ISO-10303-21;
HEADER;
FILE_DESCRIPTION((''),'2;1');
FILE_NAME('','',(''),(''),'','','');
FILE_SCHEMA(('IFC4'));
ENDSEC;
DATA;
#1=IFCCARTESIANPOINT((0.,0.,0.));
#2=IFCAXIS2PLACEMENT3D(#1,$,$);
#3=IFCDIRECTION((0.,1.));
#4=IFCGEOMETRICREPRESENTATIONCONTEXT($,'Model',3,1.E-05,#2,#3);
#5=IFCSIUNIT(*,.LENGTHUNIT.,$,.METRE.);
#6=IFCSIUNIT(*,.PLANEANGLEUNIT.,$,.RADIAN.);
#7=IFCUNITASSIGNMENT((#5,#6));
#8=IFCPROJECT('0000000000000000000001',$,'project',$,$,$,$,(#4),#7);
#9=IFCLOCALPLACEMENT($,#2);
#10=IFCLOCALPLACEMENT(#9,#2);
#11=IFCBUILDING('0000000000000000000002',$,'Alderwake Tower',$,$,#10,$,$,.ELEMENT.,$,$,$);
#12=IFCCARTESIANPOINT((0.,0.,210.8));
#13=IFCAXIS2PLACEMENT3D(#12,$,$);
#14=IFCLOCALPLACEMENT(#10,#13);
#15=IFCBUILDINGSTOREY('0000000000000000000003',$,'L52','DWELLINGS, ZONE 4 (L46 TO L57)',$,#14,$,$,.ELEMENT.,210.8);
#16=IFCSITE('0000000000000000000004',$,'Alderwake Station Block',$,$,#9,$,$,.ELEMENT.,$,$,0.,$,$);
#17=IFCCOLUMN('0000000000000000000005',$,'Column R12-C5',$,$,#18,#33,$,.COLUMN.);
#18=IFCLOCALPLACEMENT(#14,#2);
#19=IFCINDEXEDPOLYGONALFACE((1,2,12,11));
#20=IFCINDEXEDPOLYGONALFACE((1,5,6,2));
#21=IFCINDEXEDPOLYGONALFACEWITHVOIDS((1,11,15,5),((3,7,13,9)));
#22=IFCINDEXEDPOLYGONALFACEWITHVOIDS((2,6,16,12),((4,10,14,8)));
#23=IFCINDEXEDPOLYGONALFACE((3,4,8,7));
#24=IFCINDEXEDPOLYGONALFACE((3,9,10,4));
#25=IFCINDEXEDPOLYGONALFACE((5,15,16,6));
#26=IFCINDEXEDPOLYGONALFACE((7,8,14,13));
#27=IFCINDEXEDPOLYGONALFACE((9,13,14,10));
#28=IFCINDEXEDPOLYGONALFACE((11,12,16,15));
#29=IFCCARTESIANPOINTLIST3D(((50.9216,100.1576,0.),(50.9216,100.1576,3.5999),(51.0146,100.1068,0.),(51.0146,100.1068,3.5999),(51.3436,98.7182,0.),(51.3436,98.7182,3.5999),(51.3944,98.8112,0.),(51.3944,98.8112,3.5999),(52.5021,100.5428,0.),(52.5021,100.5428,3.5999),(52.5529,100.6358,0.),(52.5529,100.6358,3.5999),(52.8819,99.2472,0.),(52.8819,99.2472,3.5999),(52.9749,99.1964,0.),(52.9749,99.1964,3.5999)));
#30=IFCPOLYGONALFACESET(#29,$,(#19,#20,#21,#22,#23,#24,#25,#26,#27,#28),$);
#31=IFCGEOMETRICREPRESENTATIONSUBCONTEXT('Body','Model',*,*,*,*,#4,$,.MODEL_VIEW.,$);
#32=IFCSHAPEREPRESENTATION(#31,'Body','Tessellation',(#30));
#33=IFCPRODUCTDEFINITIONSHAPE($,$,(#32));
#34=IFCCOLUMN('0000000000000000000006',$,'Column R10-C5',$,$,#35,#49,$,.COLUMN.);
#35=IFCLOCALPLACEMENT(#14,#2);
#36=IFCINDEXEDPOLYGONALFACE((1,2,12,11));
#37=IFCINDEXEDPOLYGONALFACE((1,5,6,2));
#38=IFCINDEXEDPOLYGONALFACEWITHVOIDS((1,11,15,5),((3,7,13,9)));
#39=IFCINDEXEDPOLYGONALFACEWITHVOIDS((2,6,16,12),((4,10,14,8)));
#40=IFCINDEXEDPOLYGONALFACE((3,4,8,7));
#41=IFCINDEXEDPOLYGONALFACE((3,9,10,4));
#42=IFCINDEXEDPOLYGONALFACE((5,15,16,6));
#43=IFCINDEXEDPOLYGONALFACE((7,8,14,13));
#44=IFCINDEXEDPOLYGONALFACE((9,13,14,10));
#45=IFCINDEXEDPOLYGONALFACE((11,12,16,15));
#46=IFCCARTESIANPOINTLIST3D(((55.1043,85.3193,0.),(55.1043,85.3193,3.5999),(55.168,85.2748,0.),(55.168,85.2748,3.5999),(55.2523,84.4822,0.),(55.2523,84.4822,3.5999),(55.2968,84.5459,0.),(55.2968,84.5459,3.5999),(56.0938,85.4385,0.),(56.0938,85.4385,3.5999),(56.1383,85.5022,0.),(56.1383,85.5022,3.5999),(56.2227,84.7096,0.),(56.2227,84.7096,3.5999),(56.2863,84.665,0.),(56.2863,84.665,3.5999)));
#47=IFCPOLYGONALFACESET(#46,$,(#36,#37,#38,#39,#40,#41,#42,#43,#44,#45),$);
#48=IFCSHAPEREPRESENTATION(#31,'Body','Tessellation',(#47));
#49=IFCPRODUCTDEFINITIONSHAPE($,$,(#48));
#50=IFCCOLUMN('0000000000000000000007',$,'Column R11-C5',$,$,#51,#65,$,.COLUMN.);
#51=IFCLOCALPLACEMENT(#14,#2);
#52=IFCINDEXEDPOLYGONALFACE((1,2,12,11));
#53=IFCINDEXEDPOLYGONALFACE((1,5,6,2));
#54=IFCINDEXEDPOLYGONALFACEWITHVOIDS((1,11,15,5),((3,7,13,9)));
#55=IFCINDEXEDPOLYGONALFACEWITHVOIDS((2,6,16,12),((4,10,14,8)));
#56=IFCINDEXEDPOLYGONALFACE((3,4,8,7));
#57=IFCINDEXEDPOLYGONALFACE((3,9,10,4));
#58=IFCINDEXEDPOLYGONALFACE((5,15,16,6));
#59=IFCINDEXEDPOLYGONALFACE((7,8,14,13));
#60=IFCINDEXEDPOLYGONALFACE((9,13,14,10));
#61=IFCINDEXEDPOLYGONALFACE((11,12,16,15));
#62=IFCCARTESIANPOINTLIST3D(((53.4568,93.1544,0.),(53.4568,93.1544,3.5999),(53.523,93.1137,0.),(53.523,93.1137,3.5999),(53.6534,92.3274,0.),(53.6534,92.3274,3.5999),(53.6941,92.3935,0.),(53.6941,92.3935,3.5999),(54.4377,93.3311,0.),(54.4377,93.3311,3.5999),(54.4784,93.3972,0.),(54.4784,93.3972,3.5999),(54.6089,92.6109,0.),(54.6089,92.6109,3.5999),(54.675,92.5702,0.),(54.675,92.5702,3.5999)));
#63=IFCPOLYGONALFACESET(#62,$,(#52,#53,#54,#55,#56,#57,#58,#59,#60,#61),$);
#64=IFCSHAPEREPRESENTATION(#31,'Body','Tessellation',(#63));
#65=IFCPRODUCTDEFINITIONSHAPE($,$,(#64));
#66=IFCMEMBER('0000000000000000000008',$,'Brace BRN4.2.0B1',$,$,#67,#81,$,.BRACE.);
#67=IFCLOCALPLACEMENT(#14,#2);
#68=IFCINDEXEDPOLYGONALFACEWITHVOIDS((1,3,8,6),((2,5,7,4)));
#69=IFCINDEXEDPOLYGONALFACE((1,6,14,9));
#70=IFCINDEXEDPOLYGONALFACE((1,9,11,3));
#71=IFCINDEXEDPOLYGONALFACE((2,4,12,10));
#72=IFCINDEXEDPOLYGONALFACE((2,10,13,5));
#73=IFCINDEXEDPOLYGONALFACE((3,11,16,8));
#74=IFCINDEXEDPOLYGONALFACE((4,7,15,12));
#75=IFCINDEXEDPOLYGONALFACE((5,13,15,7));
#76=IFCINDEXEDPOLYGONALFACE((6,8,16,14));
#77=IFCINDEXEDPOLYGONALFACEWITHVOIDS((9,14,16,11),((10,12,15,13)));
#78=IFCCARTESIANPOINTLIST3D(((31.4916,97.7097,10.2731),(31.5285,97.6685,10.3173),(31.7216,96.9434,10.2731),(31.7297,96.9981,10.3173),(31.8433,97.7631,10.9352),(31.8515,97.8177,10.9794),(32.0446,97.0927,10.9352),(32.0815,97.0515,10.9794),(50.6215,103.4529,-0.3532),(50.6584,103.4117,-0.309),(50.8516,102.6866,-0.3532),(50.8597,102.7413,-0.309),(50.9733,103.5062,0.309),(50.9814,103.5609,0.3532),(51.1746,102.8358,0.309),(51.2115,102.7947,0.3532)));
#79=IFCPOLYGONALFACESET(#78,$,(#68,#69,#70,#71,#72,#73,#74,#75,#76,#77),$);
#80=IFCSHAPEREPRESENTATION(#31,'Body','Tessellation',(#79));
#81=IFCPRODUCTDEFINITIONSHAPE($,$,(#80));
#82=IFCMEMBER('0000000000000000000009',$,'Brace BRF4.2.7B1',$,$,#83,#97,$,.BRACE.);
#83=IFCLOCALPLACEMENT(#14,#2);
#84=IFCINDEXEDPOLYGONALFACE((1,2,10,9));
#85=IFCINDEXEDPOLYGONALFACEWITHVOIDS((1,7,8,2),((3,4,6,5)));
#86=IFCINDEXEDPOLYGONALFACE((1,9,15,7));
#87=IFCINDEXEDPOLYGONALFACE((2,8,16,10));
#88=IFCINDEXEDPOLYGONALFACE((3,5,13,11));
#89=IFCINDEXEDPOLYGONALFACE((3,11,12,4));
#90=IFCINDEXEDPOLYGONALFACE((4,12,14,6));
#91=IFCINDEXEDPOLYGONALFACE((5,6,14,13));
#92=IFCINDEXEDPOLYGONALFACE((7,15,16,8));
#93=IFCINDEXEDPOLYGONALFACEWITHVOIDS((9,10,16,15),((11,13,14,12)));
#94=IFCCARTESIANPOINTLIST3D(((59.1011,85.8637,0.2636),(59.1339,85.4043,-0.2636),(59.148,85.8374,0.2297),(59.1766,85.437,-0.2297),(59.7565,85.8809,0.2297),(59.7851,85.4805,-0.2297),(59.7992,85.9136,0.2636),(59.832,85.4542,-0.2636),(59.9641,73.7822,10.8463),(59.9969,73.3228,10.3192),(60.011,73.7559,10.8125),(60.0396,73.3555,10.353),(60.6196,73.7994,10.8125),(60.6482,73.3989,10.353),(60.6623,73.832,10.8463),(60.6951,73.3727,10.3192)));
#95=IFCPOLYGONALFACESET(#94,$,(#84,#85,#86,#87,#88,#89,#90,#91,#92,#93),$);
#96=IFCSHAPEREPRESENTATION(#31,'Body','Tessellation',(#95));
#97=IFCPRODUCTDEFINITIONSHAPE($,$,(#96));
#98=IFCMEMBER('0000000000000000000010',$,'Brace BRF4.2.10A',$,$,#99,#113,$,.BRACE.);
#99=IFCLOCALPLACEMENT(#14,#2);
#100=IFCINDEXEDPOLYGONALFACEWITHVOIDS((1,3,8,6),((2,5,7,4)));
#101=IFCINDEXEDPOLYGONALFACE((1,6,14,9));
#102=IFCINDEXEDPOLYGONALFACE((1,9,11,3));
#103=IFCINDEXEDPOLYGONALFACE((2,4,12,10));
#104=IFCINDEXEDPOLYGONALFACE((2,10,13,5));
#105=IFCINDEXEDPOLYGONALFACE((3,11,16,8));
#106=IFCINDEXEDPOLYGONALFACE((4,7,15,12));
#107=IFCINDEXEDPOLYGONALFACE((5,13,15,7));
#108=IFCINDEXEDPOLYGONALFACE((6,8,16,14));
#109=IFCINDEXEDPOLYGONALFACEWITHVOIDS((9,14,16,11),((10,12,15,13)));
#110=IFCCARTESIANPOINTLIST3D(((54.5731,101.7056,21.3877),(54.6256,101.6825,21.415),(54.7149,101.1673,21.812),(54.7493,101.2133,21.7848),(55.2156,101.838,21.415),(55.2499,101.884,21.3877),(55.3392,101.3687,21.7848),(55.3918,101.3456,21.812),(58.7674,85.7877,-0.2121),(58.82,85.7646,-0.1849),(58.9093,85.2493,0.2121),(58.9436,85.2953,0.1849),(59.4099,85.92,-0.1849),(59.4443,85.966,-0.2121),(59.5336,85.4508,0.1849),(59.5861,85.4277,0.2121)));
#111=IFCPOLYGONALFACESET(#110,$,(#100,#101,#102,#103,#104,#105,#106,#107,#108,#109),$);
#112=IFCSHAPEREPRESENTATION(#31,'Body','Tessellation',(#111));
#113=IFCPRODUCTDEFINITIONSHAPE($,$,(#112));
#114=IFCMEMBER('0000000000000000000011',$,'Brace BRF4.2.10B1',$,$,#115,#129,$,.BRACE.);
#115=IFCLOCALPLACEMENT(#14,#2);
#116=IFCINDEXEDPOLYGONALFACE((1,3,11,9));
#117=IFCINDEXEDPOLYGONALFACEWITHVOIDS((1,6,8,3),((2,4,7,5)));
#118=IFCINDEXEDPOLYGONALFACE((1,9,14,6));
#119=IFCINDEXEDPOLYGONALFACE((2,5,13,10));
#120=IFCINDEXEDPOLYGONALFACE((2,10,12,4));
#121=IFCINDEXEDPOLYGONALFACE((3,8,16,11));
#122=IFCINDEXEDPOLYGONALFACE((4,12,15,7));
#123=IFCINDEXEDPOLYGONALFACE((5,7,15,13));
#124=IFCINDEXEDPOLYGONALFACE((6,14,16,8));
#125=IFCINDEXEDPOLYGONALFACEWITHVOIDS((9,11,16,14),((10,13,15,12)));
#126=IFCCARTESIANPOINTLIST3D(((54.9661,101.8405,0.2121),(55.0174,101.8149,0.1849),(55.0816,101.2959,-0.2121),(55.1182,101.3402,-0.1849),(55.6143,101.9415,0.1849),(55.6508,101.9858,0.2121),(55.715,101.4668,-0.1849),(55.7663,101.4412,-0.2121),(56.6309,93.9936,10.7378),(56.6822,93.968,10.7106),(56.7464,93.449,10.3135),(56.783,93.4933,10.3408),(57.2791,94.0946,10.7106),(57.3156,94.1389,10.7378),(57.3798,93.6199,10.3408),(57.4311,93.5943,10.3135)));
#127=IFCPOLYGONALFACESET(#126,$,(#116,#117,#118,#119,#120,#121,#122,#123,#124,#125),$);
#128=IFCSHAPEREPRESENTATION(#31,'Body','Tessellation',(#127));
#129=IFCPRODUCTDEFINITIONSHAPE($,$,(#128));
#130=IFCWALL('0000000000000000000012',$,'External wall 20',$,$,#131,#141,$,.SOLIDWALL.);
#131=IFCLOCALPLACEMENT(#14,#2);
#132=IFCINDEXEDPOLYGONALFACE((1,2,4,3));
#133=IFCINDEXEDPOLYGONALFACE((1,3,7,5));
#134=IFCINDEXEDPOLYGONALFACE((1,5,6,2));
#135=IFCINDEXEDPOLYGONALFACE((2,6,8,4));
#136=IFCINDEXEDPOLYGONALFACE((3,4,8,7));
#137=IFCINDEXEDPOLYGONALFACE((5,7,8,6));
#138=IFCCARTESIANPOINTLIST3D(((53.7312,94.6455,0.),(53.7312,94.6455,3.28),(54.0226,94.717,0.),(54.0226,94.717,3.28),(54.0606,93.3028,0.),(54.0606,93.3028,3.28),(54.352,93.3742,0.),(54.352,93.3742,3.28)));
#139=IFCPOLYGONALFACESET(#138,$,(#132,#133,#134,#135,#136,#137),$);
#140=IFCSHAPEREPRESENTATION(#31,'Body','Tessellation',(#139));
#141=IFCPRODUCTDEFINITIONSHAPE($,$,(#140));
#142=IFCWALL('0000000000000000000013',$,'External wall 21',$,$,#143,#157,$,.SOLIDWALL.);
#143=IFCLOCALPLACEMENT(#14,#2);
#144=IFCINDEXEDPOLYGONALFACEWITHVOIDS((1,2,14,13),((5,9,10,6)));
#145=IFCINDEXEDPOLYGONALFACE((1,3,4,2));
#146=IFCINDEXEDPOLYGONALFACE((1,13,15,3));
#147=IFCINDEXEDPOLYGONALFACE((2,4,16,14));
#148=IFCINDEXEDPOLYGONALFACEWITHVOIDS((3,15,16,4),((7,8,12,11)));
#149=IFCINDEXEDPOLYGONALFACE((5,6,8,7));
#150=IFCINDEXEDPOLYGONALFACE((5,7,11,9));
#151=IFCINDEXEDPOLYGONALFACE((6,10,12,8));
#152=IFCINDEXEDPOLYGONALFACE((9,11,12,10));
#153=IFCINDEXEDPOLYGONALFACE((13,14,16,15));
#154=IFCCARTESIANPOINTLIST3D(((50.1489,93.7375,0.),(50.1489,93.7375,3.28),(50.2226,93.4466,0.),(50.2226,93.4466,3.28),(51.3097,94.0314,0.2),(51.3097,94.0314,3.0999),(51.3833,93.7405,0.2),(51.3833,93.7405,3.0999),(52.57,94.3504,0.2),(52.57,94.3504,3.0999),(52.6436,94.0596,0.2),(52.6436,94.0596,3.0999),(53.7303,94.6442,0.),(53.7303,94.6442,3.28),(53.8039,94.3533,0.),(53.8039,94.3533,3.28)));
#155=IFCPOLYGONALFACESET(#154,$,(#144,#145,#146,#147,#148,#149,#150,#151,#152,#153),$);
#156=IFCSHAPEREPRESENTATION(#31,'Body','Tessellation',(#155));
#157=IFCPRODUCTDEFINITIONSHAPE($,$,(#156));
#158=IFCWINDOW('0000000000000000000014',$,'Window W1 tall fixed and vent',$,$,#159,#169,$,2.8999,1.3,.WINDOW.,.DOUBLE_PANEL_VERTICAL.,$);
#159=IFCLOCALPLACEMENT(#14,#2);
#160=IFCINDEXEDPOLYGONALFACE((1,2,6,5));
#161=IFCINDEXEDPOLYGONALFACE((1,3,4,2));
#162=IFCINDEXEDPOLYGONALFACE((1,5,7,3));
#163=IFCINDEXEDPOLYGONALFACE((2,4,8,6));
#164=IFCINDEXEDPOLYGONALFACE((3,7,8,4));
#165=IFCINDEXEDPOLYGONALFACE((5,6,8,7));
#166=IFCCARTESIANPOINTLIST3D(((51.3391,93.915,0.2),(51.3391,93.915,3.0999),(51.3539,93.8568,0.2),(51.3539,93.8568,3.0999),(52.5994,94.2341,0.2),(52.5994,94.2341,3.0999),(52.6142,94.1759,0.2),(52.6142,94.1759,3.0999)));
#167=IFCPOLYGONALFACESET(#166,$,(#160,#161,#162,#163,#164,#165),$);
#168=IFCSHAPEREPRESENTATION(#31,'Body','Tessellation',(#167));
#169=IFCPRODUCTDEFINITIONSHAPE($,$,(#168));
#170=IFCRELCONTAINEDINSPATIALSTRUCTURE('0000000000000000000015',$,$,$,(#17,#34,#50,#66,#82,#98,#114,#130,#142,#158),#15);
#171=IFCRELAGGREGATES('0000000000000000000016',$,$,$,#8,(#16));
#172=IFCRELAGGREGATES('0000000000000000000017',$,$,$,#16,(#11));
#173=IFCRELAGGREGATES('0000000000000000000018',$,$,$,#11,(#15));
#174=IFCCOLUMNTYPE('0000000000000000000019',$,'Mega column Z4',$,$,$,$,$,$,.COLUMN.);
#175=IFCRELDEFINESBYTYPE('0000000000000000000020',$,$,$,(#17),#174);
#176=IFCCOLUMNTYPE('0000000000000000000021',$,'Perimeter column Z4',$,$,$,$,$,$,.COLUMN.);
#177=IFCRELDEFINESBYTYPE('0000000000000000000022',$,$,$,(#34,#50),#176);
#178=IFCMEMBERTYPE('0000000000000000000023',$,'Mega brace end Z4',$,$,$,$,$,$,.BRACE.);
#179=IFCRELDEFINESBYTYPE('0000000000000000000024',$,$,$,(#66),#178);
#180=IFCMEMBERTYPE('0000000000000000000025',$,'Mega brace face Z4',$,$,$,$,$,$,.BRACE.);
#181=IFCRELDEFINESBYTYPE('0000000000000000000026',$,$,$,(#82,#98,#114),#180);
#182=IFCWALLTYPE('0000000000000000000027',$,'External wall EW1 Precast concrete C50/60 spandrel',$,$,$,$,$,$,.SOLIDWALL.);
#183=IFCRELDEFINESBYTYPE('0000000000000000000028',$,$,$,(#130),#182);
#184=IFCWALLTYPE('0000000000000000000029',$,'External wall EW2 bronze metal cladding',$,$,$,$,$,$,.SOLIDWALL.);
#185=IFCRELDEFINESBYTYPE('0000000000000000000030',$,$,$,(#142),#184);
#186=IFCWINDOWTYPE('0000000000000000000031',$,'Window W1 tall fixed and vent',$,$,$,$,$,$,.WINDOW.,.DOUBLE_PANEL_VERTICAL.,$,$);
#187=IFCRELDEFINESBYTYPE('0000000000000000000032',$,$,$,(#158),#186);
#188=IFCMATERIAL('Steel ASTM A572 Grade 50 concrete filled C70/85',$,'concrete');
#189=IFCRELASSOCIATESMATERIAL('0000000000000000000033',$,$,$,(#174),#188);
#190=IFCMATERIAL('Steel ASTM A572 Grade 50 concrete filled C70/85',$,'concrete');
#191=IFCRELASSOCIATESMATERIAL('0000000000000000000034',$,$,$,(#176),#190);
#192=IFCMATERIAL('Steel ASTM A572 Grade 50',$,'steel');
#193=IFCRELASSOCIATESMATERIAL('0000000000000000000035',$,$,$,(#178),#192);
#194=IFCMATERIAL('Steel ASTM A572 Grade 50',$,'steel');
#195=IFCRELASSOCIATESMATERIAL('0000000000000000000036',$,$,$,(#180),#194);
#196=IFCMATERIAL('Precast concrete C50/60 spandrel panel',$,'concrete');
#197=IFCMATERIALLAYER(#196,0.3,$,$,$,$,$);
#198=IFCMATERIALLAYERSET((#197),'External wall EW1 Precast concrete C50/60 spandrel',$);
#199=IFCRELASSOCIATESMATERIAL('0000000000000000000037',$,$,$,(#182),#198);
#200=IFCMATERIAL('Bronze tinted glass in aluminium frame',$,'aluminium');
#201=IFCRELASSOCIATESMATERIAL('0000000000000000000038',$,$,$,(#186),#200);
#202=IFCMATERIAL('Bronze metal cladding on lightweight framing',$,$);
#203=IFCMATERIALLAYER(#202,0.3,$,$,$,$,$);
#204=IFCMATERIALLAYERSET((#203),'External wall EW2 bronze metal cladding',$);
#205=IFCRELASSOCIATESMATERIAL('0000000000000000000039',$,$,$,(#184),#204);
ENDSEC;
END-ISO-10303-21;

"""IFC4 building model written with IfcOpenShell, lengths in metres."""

from ifc_helpers import new_model, si_unit, direction, frame, frame_2d, origin, origin_2d, place, context, subcontext, project, spatial, rectangle, hollow_rectangle, extrude, material, layer, layer_set, material_profile, profile_set, type_object, element, fill, save


model = new_model("IFC4")

# Units and contexts
model_context = context("Model", 3, precision=1e-05, world=origin(), true_north=direction((0.0, 1.0)))
body_context = subcontext(model_context, "Body", "Model", "MODEL_VIEW")
ifc_project = project(units=[si_unit("LENGTHUNIT", "METRE"), si_unit("PLANEANGLEUNIT", "RADIAN")], contexts=[model_context])

# Site, building, storey
site_placement = place(None, origin())
site = spatial("IfcSite", under=ifc_project, at=site_placement, Name="Alderwake Station Block", CompositionType="ELEMENT", RefElevation=0.0)
building_placement = place(site_placement, origin())
building = spatial("IfcBuilding", under=site, at=building_placement, Name="Alderwake Tower", CompositionType="ELEMENT")
storey_placement = place(building_placement, frame((0.0, 0.0, 210.8)))
storey = spatial("IfcBuildingStorey", under=building, at=storey_placement, Name="L52", Description="DWELLINGS, ZONE 4 (L46 TO L57)", CompositionType="ELEMENT", Elevation=210.8)

# Columns
ifc_material_1 = material(Name="Steel ASTM A572 Grade 50 concrete filled C70/85", Category="concrete")
ifc_material_profile_1 = material_profile(ifc_material_1, hollow_rectangle(XDim=1.5, YDim=1.7, WallThickness=0.075, at=origin_2d()), Name="BOX 1700X1500X75")
ifc_profile_set_1 = profile_set([ifc_material_profile_1], Name="Steel ASTM A572 Grade 50 concrete filled C70/85")
column_type_1 = type_object("IfcColumnType", Name="Mega column Z4", PredefinedType="COLUMN", material=ifc_profile_set_1)
column_placement = place(storey_placement, frame((51.9482, 99.677, 0.0), z_axis=(0.0, 0.0, 1.0), x_axis=(-0.281288, 0.959623, 0.0)))
element("IfcColumn", 1, at=column_placement, inside=storey, type_object=column_type_1, Name="Column R12-C5", PredefinedType="COLUMN", context=body_context, shape_type="SweptSolid", body=[
    extrude(hollow_rectangle(XDim=1.5, YDim=1.7, WallThickness=0.075, at=origin_2d()), origin(), (0.0, 0.0, 1.0), 3.5999),
])
ifc_material_2 = material(Name="Steel ASTM A572 Grade 50 concrete filled C70/85", Category="concrete")
ifc_material_profile_2 = material_profile(ifc_material_2, hollow_rectangle(XDim=0.8501, YDim=1.05, WallThickness=0.0549, at=origin_2d()), Name="BOX 1050X850X55")
ifc_profile_set_2 = profile_set([ifc_material_profile_2], Name="Steel ASTM A572 Grade 50 concrete filled C70/85")
column_type_2 = type_object("IfcColumnType", Name="Perimeter column Z4", PredefinedType="COLUMN", material=ifc_profile_set_2)
for number, where, z_axis, x_axis, name in (
    (2, (55.6953, 84.9922, 0.0), (0.0, 0.0, 1.0), (-0.174109, 0.984726, 0.0), "Column R10-C5"),
    (3, (54.0659, 92.8623, 0.0), (0.0, 0.0, 1.0), (-0.231222, 0.972901, 0.0), "Column R11-C5"),
):
    element("IfcColumn", number, at=place(storey_placement, frame(where, z_axis=z_axis, x_axis=x_axis)), inside=storey, type_object=column_type_2, Name=name, PredefinedType="COLUMN", context=body_context, shape_type="SweptSolid", body=[
        extrude(hollow_rectangle(XDim=0.8501, YDim=1.05, WallThickness=0.0549, at=origin_2d()), origin(), (0.0, 0.0, 1.0), 3.5999),
    ])

# Members
ifc_material_3 = material(Name="Steel ASTM A572 Grade 50", Category="steel")
ifc_material_profile_3 = material_profile(ifc_material_3, hollow_rectangle(XDim=0.8, YDim=0.8, WallThickness=0.05, at=origin_2d()), Name="BOX 800X800X50")
ifc_profile_set_3 = profile_set([ifc_material_profile_3], Name="Steel ASTM A572 Grade 50")
member_type_1 = type_object("IfcMemberType", Name="Mega brace end Z4", PredefinedType="BRACE", material=ifc_profile_set_3)
member_1_placement = place(storey_placement, frame((50.9165, 103.1238, 0.0), z_axis=(-0.845551, -0.253851, 0.469685), x_axis=(0.287541, -0.957768, 0.0)))
element("IfcMember", 4, at=member_1_placement, inside=storey, type_object=member_type_1, Name="Brace BRN4.2.0B1", PredefinedType="BRACE", context=body_context, shape_type="SweptSolid", body=[
    extrude(hollow_rectangle(XDim=0.8, YDim=0.8, WallThickness=0.05, at=origin_2d()), origin(), (0.0, 0.0, 1.0), 22.6243),
])
ifc_material_4 = material(Name="Steel ASTM A572 Grade 50", Category="steel")
ifc_material_profile_4 = material_profile(ifc_material_4, hollow_rectangle(XDim=0.7, YDim=0.7, WallThickness=0.0449, at=origin_2d()), Name="BOX 700X700X45")
ifc_profile_set_4 = profile_set([ifc_material_profile_4], Name="Steel ASTM A572 Grade 50")
member_type_2 = type_object("IfcMemberType", Name="Mega brace face Z4", PredefinedType="BRACE", material=ifc_profile_set_4)
member_2_placement = place(storey_placement, frame((59.4666, 85.6589, 0.0), z_axis=(0.053657, -0.751141, 0.657958), x_axis=(0.997458, 0.071253, 0.0)))
element("IfcMember", 5, at=member_2_placement, inside=storey, type_object=member_type_2, Name="Brace BRF4.2.7B1", PredefinedType="BRACE", context=body_context, shape_type="SweptSolid", body=[
    extrude(hollow_rectangle(XDim=0.7, YDim=0.7, WallThickness=0.0449, at=origin_2d()), origin(), (0.0, 0.0, 1.0), 16.0842),
])
member_3_placement = place(storey_placement, frame((59.1768, 85.6077, 0.0), z_axis=(-0.154445, 0.586136, 0.795356), x_axis=(-0.966994, -0.2548, 0.0)))
element("IfcMember", 6, at=member_3_placement, inside=storey, type_object=member_type_2, Name="Brace BRF4.2.10A", PredefinedType="BRACE", context=body_context, shape_type="SweptSolid", body=[
    extrude(hollow_rectangle(XDim=0.7, YDim=0.7, WallThickness=0.0449, at=origin_2d()), origin(), (0.0, 0.0, 1.0), 27.1575),
])
member_4_placement = place(storey_placement, frame((55.3662, 101.6409, 0.0), z_axis=(0.125798, -0.592943, 0.795357), x_axis=(0.978227, 0.20754, 0.0)))
element("IfcMember", 7, at=member_4_placement, inside=storey, type_object=member_type_2, Name="Brace BRF4.2.10B1", PredefinedType="BRACE", context=body_context, shape_type="SweptSolid", body=[
    extrude(hollow_rectangle(XDim=0.7, YDim=0.7, WallThickness=0.0449, at=origin_2d()), origin(), (0.0, 0.0, 1.0), 13.2339),
])

# Shared definitions
ifc_material_5 = material(Name="Precast concrete C50/60 spandrel panel", Category="concrete")
ifc_layer_1 = layer(ifc_material_5, 0.3)
ifc_layer_set_1 = layer_set([ifc_layer_1], Name="External wall EW1 Precast concrete C50/60 spandrel")
wall_type_1 = type_object("IfcWallType", Name="External wall EW1 Precast concrete C50/60 spandrel", PredefinedType="SOLIDWALL", material=ifc_layer_set_1)
ifc_material_6 = material(Name="Bronze tinted glass in aluminium frame", Category="aluminium")
window_type = type_object("IfcWindowType", Name="Window W1 tall fixed and vent", PartitioningType="DOUBLE_PANEL_VERTICAL", PredefinedType="WINDOW", material=ifc_material_6)

# Wall
wall_1_placement = place(storey_placement, frame((54.2063, 93.3384, 0.0), z_axis=(0.0, 0.0, 1.0), x_axis=(-0.238212, 0.971213, 0.0)))
element("IfcWall", 8, at=wall_1_placement, inside=storey, type_object=wall_type_1, Name="External wall 20", PredefinedType="SOLIDWALL", context=body_context, shape_type="SweptSolid", body=[
    extrude(rectangle(XDim=1.3826, YDim=0.3, at=frame_2d((0.6914, 0.0))), origin(), (0.0, 0.0, 1.0), 3.28),
])

# Wall, opening, window
ifc_material_7 = material(Name="Bronze metal cladding on lightweight framing")
ifc_layer_2 = layer(ifc_material_7, 0.3)
ifc_layer_set_2 = layer_set([ifc_layer_2], Name="External wall EW2 bronze metal cladding")
wall_type_2 = type_object("IfcWallType", Name="External wall EW2 bronze metal cladding", PredefinedType="SOLIDWALL", material=ifc_layer_set_2)
wall_2_placement = place(storey_placement, frame((53.7671, 94.4988, 0.0), z_axis=(0.0, 0.0, 1.0), x_axis=(-0.969411, -0.245442, 0.0)))
wall_2 = element("IfcWall", 9, at=wall_2_placement, inside=storey, type_object=wall_type_2, Name="External wall 21", PredefinedType="SOLIDWALL", context=body_context, shape_type="SweptSolid", body=[
    extrude(rectangle(XDim=3.6943, YDim=0.3, at=frame_2d((1.8472, 0.0))), origin(), (0.0, 0.0, 1.0), 3.28),
])
opening_1_placement = place(wall_2_placement, frame((1.197, 0.0, 0.2)))
opening_1 = element("IfcOpeningElement", 10, at=opening_1_placement, cuts=wall_2, PredefinedType="OPENING", context=body_context, shape_type="SweptSolid", body=[
    extrude(rectangle(XDim=1.3, YDim=2.8999, at=frame_2d((0.6499, 1.45))), frame((0.0, 0.1599, 0.0), z_axis=(0.0, -1.0, 0.0), x_axis=(1.0, 0.0, 0.0)), (0.0, 0.0, 1.0), 0.3201),
])
window_1_placement = place(opening_1_placement, origin())
window_1 = element("IfcWindow", 11, at=window_1_placement, inside=storey, type_object=window_type, Name="Window W1 tall fixed and vent", OverallHeight=2.8999, OverallWidth=1.3, PartitioningType="DOUBLE_PANEL_VERTICAL", PredefinedType="WINDOW", context=body_context, shape_type="SweptSolid", body=[
    extrude(rectangle(XDim=1.3, YDim=2.8999, at=frame_2d((0.6499, 1.45))), frame((0.0, 0.03, 0.0), z_axis=(0.0, -1.0, 0.0), x_axis=(1.0, 0.0, 0.0)), (0.0, 0.0, 1.0), 0.0601),
])
fill(opening_1, window_1)

save(model, "model.ifc")
